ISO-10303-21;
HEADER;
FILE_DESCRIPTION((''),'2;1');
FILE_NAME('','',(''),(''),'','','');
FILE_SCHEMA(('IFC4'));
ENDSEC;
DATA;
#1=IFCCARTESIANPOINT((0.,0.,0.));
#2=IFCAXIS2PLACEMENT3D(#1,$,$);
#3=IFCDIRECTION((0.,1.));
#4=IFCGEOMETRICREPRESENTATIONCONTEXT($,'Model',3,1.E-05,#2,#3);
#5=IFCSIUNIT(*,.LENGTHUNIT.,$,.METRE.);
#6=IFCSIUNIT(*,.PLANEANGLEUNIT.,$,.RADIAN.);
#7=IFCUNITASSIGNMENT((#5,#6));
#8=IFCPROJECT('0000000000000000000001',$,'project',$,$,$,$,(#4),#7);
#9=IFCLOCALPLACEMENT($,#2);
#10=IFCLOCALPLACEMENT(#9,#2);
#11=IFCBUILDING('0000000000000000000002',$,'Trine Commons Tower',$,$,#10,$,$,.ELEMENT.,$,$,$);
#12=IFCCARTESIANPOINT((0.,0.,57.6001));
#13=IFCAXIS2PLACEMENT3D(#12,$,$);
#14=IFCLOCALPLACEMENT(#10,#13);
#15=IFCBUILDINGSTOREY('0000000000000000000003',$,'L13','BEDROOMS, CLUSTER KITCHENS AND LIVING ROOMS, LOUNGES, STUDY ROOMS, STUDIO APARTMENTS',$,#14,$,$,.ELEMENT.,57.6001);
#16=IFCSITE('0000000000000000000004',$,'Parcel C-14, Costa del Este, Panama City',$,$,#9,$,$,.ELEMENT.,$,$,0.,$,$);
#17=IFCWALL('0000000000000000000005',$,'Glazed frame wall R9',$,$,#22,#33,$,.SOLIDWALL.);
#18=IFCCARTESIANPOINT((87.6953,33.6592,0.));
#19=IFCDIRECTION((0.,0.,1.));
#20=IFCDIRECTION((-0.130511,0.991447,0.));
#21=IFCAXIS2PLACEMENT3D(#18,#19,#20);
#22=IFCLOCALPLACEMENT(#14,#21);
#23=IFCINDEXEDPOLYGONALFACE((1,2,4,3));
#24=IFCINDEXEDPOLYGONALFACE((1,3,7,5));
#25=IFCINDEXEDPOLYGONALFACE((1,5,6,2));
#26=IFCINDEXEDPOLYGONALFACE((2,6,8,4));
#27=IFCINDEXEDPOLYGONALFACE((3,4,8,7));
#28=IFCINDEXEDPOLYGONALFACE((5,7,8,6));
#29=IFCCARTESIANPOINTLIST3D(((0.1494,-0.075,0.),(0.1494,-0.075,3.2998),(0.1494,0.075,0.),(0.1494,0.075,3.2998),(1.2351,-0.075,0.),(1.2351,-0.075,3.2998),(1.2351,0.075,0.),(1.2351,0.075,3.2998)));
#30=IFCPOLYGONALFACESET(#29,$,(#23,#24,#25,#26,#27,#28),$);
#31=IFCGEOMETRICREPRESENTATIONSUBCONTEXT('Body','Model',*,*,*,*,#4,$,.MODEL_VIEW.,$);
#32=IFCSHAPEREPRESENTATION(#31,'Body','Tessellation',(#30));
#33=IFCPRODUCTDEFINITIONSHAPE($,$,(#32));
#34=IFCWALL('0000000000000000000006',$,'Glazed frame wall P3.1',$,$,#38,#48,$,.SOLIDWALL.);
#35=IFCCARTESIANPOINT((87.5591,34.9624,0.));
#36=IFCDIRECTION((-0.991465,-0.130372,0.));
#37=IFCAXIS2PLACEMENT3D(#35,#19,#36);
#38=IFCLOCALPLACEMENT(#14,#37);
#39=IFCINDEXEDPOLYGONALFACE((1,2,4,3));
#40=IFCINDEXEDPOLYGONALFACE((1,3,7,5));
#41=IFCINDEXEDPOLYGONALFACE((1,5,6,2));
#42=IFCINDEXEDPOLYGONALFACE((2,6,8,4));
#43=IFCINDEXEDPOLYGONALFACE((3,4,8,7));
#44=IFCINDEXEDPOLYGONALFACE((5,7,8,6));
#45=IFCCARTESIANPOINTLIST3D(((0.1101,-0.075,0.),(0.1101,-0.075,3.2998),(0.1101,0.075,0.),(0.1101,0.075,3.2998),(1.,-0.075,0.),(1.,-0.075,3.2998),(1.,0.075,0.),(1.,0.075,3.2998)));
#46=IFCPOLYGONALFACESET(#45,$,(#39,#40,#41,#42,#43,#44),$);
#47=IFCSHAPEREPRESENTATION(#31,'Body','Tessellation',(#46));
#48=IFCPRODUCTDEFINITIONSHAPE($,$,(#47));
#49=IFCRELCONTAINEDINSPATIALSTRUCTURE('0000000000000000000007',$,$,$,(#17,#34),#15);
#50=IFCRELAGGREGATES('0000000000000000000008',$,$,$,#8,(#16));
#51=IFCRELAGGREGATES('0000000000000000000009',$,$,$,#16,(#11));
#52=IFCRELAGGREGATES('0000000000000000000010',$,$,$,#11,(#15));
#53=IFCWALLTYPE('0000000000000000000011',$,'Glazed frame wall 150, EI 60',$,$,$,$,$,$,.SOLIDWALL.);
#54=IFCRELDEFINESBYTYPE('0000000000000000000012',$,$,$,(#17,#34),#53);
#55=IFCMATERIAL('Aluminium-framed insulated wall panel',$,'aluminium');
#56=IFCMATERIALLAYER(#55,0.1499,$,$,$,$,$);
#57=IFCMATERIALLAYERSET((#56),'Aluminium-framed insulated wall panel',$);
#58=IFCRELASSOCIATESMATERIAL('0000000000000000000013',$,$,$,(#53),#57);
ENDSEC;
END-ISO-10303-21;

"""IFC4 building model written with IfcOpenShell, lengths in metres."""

from ifc_helpers import new_model, si_unit, direction, frame, origin, place, context, subcontext, project, spatial, polyline, outline, extrude, material, layer, layer_set, type_object, element, save


model = new_model("IFC4")

# Units and contexts
model_context = context("Model", 3, precision=1e-05, world=origin(), true_north=direction((0.0, 1.0)))
body_context = subcontext(model_context, "Body", "Model", "MODEL_VIEW")
ifc_project = project(units=[si_unit("LENGTHUNIT", "METRE"), si_unit("PLANEANGLEUNIT", "RADIAN")], contexts=[model_context])

# Site, building, storey
site_placement = place(None, origin())
site = spatial("IfcSite", under=ifc_project, at=site_placement, Name="Parcel C-14, Costa del Este, Panama City", CompositionType="ELEMENT", RefElevation=0.0)
building_placement = place(site_placement, origin())
building = spatial("IfcBuilding", under=site, at=building_placement, Name="Trine Commons Tower", CompositionType="ELEMENT")
storey_placement = place(building_placement, frame((0.0, 0.0, 57.6001)))
storey = spatial("IfcBuildingStorey", under=building, at=storey_placement, Name="L13", Description="BEDROOMS, CLUSTER KITCHENS AND LIVING ROOMS, LOUNGES, STUDY ROOMS, STUDIO APARTMENTS", CompositionType="ELEMENT", Elevation=57.6001)

# Walls
ifc_material_1 = material(Name="Aluminium-framed insulated wall panel", Category="aluminium")
ifc_layer_1 = layer(ifc_material_1, 0.1499)
ifc_layer_set_1 = layer_set([ifc_layer_1], Name="Aluminium-framed insulated wall panel")
wall_type_1 = type_object("IfcWallType", Name="Glazed frame wall 150, EI 60", PredefinedType="SOLIDWALL", material=ifc_layer_set_1)
wall_1_placement = place(storey_placement, frame((87.6953, 33.6592, 0.0), z_axis=(0.0, 0.0, 1.0), x_axis=(-0.130511, 0.991447, 0.0)))
element("IfcWall", 1, at=wall_1_placement, inside=storey, type_object=wall_type_1, Name="Glazed frame wall R9", PredefinedType="SOLIDWALL", context=body_context, shape_type="SweptSolid", body=[
    extrude(outline(polyline([(0.1494, 0.075), (0.1494, -0.075), (1.2351, -0.075), (1.2351, 0.075), (0.1494, 0.075)])), origin(), (0.0, 0.0, 1.0), 3.2998),
])
wall_2_placement = place(storey_placement, frame((87.5591, 34.9624, 0.0), z_axis=(0.0, 0.0, 1.0), x_axis=(-0.991465, -0.130372, 0.0)))
element("IfcWall", 2, at=wall_2_placement, inside=storey, type_object=wall_type_1, Name="Glazed frame wall P3.1", PredefinedType="SOLIDWALL", context=body_context, shape_type="SweptSolid", body=[
    extrude(outline(polyline([(0.1101, -0.075), (1.0, -0.075), (1.0, 0.075), (0.1101, 0.075), (0.1101, -0.075)])), origin(), (0.0, 0.0, 1.0), 3.2998),
])

save(model, "model.ifc")
